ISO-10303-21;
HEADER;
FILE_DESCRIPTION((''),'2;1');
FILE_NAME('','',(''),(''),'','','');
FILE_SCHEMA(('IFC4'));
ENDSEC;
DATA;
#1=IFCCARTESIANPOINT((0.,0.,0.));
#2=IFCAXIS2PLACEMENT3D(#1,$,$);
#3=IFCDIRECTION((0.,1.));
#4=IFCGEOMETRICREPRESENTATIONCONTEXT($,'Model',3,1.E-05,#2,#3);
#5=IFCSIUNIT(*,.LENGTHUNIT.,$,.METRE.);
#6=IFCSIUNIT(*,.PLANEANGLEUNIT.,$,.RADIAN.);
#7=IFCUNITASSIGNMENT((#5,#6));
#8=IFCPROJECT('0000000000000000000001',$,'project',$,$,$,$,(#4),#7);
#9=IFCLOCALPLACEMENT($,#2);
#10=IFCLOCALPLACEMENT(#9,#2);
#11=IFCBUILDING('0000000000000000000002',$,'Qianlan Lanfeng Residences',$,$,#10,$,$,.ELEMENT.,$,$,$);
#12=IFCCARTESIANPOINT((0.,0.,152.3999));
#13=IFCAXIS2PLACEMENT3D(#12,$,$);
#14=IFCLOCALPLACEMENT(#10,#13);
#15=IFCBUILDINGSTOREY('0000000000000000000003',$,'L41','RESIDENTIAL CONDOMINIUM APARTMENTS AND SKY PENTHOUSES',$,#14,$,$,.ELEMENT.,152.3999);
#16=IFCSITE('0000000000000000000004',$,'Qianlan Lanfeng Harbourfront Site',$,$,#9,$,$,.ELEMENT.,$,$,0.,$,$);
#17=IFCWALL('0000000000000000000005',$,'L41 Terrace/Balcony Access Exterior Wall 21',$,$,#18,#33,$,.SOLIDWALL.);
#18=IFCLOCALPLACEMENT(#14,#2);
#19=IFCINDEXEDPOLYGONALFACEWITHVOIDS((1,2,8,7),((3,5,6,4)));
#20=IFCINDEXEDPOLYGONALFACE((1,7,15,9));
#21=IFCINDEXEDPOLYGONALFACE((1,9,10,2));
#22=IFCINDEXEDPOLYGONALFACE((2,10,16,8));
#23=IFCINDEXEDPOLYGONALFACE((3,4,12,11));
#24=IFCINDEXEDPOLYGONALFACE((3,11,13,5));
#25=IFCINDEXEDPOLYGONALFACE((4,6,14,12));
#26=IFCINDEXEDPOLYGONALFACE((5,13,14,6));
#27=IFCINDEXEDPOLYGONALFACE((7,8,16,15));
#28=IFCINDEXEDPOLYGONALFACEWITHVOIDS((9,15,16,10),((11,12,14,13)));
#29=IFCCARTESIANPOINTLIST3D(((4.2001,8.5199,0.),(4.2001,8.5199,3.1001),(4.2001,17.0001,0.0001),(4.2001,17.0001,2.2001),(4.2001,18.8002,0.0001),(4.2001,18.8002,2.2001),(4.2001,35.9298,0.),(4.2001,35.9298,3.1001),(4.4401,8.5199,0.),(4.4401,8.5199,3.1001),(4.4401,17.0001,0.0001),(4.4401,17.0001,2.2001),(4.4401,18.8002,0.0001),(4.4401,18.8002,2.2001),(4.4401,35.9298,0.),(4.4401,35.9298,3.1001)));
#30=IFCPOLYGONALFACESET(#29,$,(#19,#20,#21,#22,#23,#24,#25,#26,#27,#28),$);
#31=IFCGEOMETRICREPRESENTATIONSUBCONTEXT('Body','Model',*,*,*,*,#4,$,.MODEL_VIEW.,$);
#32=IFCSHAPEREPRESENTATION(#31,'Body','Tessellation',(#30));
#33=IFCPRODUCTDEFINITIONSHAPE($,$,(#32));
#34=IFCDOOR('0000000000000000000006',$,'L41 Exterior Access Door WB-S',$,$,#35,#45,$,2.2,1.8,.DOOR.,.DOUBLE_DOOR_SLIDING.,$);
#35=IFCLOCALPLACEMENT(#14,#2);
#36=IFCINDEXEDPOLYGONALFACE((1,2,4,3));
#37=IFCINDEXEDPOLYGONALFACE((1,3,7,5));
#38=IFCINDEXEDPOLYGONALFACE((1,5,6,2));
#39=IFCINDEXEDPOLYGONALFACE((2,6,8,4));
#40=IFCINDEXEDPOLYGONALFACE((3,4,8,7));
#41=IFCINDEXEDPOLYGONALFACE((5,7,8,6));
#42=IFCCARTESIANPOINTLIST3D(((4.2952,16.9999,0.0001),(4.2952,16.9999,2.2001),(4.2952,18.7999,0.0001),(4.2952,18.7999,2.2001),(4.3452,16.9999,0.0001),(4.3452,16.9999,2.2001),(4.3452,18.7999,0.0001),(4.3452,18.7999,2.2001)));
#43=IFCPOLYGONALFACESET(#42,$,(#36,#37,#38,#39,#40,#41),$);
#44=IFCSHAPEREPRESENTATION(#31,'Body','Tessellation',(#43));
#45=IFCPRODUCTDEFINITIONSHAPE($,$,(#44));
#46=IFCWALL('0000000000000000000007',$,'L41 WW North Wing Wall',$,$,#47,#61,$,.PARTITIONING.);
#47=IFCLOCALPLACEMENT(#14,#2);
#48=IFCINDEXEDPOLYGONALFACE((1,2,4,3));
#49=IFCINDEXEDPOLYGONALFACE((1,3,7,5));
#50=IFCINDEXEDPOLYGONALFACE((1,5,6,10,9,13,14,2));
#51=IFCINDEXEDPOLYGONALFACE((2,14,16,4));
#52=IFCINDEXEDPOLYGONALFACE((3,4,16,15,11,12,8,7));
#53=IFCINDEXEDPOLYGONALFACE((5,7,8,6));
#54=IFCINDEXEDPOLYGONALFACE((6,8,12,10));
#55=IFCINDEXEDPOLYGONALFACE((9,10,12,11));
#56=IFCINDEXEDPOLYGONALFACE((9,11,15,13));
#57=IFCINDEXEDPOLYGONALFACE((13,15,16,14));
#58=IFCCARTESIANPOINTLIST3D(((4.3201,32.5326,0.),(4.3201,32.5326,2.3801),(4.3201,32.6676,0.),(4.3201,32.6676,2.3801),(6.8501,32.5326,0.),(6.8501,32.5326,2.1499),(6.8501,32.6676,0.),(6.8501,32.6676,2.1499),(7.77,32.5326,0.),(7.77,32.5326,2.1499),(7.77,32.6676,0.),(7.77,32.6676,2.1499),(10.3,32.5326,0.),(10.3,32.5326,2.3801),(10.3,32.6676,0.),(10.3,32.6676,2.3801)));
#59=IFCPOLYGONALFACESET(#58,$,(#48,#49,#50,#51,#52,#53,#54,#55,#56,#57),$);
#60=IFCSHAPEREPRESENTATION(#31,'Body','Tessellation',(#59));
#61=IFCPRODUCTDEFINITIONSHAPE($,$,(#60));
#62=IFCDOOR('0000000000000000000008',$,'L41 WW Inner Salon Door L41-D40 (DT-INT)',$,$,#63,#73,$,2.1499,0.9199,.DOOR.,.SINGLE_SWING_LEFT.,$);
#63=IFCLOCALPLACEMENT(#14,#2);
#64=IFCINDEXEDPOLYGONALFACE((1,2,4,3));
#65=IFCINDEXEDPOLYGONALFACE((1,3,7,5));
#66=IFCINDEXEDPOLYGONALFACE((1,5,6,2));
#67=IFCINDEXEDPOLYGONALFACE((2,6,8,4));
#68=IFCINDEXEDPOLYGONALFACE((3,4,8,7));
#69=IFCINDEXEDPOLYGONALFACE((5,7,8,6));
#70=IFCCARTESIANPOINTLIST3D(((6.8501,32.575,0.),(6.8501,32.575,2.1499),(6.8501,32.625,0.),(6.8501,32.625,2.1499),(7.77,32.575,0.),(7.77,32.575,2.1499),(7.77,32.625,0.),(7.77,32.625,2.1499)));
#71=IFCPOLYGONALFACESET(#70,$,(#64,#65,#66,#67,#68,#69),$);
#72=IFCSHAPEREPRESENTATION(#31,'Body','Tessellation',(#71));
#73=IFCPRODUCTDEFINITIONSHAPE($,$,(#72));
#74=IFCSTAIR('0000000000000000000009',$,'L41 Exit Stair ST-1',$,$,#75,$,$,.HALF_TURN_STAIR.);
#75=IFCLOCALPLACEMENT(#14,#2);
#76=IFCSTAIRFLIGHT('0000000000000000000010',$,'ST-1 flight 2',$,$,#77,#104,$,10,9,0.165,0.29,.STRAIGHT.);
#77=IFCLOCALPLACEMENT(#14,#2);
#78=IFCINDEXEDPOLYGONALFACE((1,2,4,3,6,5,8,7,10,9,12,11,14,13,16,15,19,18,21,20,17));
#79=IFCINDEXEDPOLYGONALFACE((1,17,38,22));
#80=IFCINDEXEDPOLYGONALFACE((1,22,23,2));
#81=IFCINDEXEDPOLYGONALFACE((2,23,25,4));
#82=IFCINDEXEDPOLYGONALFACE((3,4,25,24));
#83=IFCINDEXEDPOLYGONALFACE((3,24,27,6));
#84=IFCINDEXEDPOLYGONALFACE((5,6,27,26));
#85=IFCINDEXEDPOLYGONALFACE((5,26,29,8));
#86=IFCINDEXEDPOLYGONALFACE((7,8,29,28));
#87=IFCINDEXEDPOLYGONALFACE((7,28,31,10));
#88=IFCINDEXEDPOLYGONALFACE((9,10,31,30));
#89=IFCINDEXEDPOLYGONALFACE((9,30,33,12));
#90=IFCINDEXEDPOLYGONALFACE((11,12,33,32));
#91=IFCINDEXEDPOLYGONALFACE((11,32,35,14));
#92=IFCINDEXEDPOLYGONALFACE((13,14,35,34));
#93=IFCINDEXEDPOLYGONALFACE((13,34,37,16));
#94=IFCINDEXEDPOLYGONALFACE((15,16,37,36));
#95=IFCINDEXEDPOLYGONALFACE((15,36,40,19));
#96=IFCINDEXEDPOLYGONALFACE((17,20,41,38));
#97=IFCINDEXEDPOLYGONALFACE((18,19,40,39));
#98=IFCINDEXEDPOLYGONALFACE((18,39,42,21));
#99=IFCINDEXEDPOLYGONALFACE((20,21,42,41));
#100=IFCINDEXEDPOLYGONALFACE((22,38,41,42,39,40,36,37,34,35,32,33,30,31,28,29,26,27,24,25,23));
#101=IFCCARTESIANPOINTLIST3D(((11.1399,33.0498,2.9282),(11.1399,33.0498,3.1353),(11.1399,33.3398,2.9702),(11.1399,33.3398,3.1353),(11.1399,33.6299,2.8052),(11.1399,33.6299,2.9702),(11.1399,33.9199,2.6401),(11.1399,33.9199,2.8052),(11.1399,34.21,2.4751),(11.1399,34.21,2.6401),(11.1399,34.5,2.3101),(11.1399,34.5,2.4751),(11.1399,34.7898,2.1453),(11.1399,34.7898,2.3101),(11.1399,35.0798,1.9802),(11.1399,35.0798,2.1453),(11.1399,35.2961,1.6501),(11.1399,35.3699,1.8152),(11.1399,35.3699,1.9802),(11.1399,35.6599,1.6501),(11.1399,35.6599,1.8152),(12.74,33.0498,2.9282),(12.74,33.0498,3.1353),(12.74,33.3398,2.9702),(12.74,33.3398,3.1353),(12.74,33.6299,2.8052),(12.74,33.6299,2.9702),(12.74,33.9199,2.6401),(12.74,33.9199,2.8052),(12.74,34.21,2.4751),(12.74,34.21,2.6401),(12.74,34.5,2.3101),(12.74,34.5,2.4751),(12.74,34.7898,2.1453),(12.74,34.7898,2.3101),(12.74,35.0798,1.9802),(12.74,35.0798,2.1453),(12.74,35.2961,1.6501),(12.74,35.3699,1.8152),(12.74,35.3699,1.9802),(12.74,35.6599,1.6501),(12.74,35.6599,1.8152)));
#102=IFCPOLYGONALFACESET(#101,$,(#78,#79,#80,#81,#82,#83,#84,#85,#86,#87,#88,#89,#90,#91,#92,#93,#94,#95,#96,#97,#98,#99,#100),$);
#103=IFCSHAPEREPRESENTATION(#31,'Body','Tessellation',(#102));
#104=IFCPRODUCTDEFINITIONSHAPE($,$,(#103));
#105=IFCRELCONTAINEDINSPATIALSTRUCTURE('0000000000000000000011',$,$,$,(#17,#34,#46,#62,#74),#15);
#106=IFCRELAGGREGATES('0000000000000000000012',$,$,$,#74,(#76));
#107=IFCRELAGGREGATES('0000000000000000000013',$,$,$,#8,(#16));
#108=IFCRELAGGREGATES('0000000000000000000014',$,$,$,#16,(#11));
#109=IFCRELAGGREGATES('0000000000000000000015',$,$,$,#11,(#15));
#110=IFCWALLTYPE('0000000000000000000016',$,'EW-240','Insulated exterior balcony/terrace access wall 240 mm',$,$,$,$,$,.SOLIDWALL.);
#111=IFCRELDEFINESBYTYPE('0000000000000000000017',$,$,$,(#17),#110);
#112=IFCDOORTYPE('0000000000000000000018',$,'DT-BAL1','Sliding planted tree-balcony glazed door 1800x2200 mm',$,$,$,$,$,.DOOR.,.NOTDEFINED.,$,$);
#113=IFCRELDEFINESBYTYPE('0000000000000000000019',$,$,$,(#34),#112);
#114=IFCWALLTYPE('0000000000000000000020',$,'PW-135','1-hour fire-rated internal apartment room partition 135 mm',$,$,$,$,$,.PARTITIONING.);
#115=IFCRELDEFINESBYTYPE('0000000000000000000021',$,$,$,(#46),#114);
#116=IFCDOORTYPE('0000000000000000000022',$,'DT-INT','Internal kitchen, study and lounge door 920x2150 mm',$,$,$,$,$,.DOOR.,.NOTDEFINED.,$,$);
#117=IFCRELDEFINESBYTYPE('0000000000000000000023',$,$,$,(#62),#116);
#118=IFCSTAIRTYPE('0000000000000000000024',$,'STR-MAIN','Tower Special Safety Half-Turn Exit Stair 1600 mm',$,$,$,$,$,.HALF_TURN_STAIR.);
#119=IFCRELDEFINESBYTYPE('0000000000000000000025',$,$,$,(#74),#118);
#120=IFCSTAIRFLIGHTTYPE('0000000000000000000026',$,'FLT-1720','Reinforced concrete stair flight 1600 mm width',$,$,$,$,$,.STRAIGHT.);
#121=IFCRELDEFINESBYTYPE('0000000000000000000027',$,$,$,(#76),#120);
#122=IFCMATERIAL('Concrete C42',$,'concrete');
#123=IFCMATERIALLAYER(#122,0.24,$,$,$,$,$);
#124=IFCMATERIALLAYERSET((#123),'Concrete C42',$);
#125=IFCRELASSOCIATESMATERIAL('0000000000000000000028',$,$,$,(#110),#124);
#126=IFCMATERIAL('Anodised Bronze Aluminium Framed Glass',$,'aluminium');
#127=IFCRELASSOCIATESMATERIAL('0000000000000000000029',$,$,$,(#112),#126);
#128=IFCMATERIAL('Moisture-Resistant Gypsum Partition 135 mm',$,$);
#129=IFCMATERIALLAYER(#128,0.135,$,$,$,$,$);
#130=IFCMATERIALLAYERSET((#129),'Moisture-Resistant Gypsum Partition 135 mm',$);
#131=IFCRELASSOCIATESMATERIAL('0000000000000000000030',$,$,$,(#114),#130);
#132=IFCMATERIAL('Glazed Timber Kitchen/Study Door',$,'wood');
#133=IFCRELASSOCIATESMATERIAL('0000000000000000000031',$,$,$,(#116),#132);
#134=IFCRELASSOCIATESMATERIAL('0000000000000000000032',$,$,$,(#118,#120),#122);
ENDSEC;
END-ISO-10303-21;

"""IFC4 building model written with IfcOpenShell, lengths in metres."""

from ifc_helpers import new_model, si_unit, direction, frame, frame_2d, origin, place, context, subcontext, project, spatial, polyline, rectangle, outline, extrude, material, layer, layer_set, type_object, element, fill, aggregate, save


model = new_model("IFC4")

# Units and contexts
model_context = context("Model", 3, precision=1e-05, world=origin(), true_north=direction((0.0, 1.0)))
body_context = subcontext(model_context, "Body", "Model", "MODEL_VIEW")
ifc_project = project(units=[si_unit("LENGTHUNIT", "METRE"), si_unit("PLANEANGLEUNIT", "RADIAN")], contexts=[model_context])

# Site, building, storey
site_placement = place(None, origin())
site = spatial("IfcSite", under=ifc_project, at=site_placement, Name="Qianlan Lanfeng Harbourfront Site", CompositionType="ELEMENT", RefElevation=0.0)
building_placement = place(site_placement, origin())
building = spatial("IfcBuilding", under=site, at=building_placement, Name="Qianlan Lanfeng Residences", CompositionType="ELEMENT")
storey_placement = place(building_placement, frame((0.0, 0.0, 152.3999)))
storey = spatial("IfcBuildingStorey", under=building, at=storey_placement, Name="L41", Description="RESIDENTIAL CONDOMINIUM APARTMENTS AND SKY PENTHOUSES", CompositionType="ELEMENT", Elevation=152.3999)

# Shared definitions
ifc_material_1 = material(Name="Concrete C42", Category="concrete")
ifc_layer_1 = layer(ifc_material_1, 0.24)
ifc_layer_set_1 = layer_set([ifc_layer_1], Name="Concrete C42")
wall_type_1 = type_object("IfcWallType", Name="EW-240", Description="Insulated exterior balcony/terrace access wall 240 mm", PredefinedType="SOLIDWALL", material=ifc_layer_set_1)

# Walls, openings, doors
wall_1_placement = place(storey_placement, frame((4.3201, 35.9299, 0.0), z_axis=(0.0, 0.0, 1.0), x_axis=(0.0, -1.0, 0.0)))
wall_1 = element("IfcWall", 1, at=wall_1_placement, inside=storey, type_object=wall_type_1, Name="L41 Terrace/Balcony Access Exterior Wall 21", PredefinedType="SOLIDWALL", context=body_context, shape_type="SweptSolid", body=[
    extrude(rectangle(XDim=27.4099, YDim=0.24, at=frame_2d((13.7051, 0.0))), origin(), (0.0, 0.0, 1.0), 3.1001),
])
opening_1_placement = place(wall_1_placement, frame((17.1299, 0.0, 0.0)))
opening_1 = element("IfcOpeningElement", 2, at=opening_1_placement, cuts=wall_1, PredefinedType="OPENING", context=body_context, shape_type="SweptSolid", body=[
    extrude(rectangle(XDim=1.8, YDim=2.2, at=frame_2d((0.8999, 1.1001))), frame((0.0, 0.1299, 0.0), z_axis=(0.0, -1.0, 0.0), x_axis=(1.0, 0.0, 0.0)), (0.0, 0.0, 1.0), 0.26),
])
ifc_material_2 = material(Name="Anodised Bronze Aluminium Framed Glass", Category="aluminium")
door_type_1 = type_object("IfcDoorType", Name="DT-BAL1", Description="Sliding planted tree-balcony glazed door 1800x2200 mm", OperationType="NOTDEFINED", PredefinedType="DOOR", material=ifc_material_2)
door_1_placement = place(opening_1_placement, frame((1.8, 0.0, 0.0), z_axis=(0.0, 0.0, 1.0), x_axis=(-1.0, 0.0, 0.0)))
door_1 = element("IfcDoor", 3, at=door_1_placement, inside=storey, type_object=door_type_1, Name="L41 Exterior Access Door WB-S", OperationType="DOUBLE_DOOR_SLIDING", OverallHeight=2.2, OverallWidth=1.8, PredefinedType="DOOR", context=body_context, shape_type="SweptSolid", body=[
    extrude(rectangle(XDim=1.8, YDim=2.2, at=frame_2d((0.8999, 1.1001))), frame((0.0, 0.0249, 0.0), z_axis=(0.0, -1.0, 0.0), x_axis=(1.0, 0.0, 0.0)), (0.0, 0.0, 1.0), 0.05),
])
fill(opening_1, door_1)
ifc_material_3 = material(Name="Moisture-Resistant Gypsum Partition 135 mm")
ifc_layer_2 = layer(ifc_material_3, 0.135)
ifc_layer_set_2 = layer_set([ifc_layer_2], Name="Moisture-Resistant Gypsum Partition 135 mm")
wall_type_2 = type_object("IfcWallType", Name="PW-135", Description="1-hour fire-rated internal apartment room partition 135 mm", PredefinedType="PARTITIONING", material=ifc_layer_set_2)
wall_2_placement = place(storey_placement, frame((4.3201, 32.6001, 0.0), z_axis=(0.0, 0.0, 1.0), x_axis=(1.0, 0.0, 0.0)))
wall_2 = element("IfcWall", 4, at=wall_2_placement, inside=storey, type_object=wall_type_2, Name="L41 WW North Wing Wall", PredefinedType="PARTITIONING", context=body_context, shape_type="SweptSolid", body=[
    extrude(rectangle(XDim=5.98, YDim=0.135, at=frame_2d((2.99, 0.0))), origin(), (0.0, 0.0, 1.0), 2.3801),
])
opening_2_placement = place(wall_2_placement, frame((2.53, 0.0, 0.0)))
opening_2 = element("IfcOpeningElement", 5, at=opening_2_placement, cuts=wall_2, PredefinedType="OPENING", context=body_context, shape_type="SweptSolid", body=[
    extrude(rectangle(XDim=0.9199, YDim=2.1499, at=frame_2d((0.46, 1.075))), frame((0.0, 0.0776, 0.0), z_axis=(0.0, -1.0, 0.0), x_axis=(1.0, 0.0, 0.0)), (0.0, 0.0, 1.0), 0.155),
])
ifc_material_4 = material(Name="Glazed Timber Kitchen/Study Door", Category="wood")
door_type_2 = type_object("IfcDoorType", Name="DT-INT", Description="Internal kitchen, study and lounge door 920x2150 mm", OperationType="NOTDEFINED", PredefinedType="DOOR", material=ifc_material_4)
door_2_placement = place(opening_2_placement, origin())
door_2 = element("IfcDoor", 6, at=door_2_placement, inside=storey, type_object=door_type_2, Name="L41 WW Inner Salon Door L41-D40 (DT-INT)", OperationType="SINGLE_SWING_LEFT", OverallHeight=2.1499, OverallWidth=0.9199, PredefinedType="DOOR", context=body_context, shape_type="SweptSolid", body=[
    extrude(rectangle(XDim=0.9199, YDim=2.1499, at=frame_2d((0.46, 1.075))), frame((0.0, 0.0249, 0.0), z_axis=(0.0, -1.0, 0.0), x_axis=(1.0, 0.0, 0.0)), (0.0, 0.0, 1.0), 0.05),
])
fill(opening_2, door_2)

# Stair, stair flight
stair_type = type_object("IfcStairType", Name="STR-MAIN", Description="Tower Special Safety Half-Turn Exit Stair 1600 mm", PredefinedType="HALF_TURN_STAIR", material=ifc_material_1)
stair_placement = place(storey_placement, origin())
stair = element("IfcStair", 7, at=stair_placement, inside=storey, type_object=stair_type, Name="L41 Exit Stair ST-1", PredefinedType="HALF_TURN_STAIR")
stair_flight_type = type_object("IfcStairFlightType", Name="FLT-1720", Description="Reinforced concrete stair flight 1600 mm width", PredefinedType="STRAIGHT", material=ifc_material_1)
stair_flight_placement = place(storey_placement, frame((11.9399, 35.6599, 1.6501), z_axis=(0.0, 0.0, 1.0), x_axis=(0.0, -1.0, 0.0)))
stair_flight = element("IfcStairFlight", 8, at=stair_flight_placement, type_object=stair_flight_type, Name="ST-1 flight 2", NumberOfRisers=10, NumberOfTreads=9, PredefinedType="STRAIGHT", RiserHeight=0.165, TreadLength=0.29, context=body_context, shape_type="SweptSolid", body=[
    extrude(outline(polyline([(0.0, 0.0), (0.0, 0.165), (0.29, 0.165), (0.29, 0.3301), (0.5801, 0.3301), (0.5801, 0.4951), (0.8701, 0.4951), (0.8701, 0.6599), (1.1599, 0.6599), (1.1599, 0.825), (1.45, 0.825), (1.45, 0.99), (1.74, 0.99), (1.74, 1.155), (2.03, 1.155), (2.03, 1.3201), (2.3201, 1.3201), (2.3201, 1.4851), (2.6101, 1.4851), (2.6101, 1.6499), (2.6101, 1.2781), (0.3638, 0.0), (0.0, 0.0)])), frame((0.0, 0.8, 0.0), z_axis=(0.0, -1.0, 0.0), x_axis=(1.0, 0.0, 0.0)), (0.0, 0.0, 1.0), 1.6001),
])
aggregate(stair, [stair_flight])

save(model, "model.ifc")
